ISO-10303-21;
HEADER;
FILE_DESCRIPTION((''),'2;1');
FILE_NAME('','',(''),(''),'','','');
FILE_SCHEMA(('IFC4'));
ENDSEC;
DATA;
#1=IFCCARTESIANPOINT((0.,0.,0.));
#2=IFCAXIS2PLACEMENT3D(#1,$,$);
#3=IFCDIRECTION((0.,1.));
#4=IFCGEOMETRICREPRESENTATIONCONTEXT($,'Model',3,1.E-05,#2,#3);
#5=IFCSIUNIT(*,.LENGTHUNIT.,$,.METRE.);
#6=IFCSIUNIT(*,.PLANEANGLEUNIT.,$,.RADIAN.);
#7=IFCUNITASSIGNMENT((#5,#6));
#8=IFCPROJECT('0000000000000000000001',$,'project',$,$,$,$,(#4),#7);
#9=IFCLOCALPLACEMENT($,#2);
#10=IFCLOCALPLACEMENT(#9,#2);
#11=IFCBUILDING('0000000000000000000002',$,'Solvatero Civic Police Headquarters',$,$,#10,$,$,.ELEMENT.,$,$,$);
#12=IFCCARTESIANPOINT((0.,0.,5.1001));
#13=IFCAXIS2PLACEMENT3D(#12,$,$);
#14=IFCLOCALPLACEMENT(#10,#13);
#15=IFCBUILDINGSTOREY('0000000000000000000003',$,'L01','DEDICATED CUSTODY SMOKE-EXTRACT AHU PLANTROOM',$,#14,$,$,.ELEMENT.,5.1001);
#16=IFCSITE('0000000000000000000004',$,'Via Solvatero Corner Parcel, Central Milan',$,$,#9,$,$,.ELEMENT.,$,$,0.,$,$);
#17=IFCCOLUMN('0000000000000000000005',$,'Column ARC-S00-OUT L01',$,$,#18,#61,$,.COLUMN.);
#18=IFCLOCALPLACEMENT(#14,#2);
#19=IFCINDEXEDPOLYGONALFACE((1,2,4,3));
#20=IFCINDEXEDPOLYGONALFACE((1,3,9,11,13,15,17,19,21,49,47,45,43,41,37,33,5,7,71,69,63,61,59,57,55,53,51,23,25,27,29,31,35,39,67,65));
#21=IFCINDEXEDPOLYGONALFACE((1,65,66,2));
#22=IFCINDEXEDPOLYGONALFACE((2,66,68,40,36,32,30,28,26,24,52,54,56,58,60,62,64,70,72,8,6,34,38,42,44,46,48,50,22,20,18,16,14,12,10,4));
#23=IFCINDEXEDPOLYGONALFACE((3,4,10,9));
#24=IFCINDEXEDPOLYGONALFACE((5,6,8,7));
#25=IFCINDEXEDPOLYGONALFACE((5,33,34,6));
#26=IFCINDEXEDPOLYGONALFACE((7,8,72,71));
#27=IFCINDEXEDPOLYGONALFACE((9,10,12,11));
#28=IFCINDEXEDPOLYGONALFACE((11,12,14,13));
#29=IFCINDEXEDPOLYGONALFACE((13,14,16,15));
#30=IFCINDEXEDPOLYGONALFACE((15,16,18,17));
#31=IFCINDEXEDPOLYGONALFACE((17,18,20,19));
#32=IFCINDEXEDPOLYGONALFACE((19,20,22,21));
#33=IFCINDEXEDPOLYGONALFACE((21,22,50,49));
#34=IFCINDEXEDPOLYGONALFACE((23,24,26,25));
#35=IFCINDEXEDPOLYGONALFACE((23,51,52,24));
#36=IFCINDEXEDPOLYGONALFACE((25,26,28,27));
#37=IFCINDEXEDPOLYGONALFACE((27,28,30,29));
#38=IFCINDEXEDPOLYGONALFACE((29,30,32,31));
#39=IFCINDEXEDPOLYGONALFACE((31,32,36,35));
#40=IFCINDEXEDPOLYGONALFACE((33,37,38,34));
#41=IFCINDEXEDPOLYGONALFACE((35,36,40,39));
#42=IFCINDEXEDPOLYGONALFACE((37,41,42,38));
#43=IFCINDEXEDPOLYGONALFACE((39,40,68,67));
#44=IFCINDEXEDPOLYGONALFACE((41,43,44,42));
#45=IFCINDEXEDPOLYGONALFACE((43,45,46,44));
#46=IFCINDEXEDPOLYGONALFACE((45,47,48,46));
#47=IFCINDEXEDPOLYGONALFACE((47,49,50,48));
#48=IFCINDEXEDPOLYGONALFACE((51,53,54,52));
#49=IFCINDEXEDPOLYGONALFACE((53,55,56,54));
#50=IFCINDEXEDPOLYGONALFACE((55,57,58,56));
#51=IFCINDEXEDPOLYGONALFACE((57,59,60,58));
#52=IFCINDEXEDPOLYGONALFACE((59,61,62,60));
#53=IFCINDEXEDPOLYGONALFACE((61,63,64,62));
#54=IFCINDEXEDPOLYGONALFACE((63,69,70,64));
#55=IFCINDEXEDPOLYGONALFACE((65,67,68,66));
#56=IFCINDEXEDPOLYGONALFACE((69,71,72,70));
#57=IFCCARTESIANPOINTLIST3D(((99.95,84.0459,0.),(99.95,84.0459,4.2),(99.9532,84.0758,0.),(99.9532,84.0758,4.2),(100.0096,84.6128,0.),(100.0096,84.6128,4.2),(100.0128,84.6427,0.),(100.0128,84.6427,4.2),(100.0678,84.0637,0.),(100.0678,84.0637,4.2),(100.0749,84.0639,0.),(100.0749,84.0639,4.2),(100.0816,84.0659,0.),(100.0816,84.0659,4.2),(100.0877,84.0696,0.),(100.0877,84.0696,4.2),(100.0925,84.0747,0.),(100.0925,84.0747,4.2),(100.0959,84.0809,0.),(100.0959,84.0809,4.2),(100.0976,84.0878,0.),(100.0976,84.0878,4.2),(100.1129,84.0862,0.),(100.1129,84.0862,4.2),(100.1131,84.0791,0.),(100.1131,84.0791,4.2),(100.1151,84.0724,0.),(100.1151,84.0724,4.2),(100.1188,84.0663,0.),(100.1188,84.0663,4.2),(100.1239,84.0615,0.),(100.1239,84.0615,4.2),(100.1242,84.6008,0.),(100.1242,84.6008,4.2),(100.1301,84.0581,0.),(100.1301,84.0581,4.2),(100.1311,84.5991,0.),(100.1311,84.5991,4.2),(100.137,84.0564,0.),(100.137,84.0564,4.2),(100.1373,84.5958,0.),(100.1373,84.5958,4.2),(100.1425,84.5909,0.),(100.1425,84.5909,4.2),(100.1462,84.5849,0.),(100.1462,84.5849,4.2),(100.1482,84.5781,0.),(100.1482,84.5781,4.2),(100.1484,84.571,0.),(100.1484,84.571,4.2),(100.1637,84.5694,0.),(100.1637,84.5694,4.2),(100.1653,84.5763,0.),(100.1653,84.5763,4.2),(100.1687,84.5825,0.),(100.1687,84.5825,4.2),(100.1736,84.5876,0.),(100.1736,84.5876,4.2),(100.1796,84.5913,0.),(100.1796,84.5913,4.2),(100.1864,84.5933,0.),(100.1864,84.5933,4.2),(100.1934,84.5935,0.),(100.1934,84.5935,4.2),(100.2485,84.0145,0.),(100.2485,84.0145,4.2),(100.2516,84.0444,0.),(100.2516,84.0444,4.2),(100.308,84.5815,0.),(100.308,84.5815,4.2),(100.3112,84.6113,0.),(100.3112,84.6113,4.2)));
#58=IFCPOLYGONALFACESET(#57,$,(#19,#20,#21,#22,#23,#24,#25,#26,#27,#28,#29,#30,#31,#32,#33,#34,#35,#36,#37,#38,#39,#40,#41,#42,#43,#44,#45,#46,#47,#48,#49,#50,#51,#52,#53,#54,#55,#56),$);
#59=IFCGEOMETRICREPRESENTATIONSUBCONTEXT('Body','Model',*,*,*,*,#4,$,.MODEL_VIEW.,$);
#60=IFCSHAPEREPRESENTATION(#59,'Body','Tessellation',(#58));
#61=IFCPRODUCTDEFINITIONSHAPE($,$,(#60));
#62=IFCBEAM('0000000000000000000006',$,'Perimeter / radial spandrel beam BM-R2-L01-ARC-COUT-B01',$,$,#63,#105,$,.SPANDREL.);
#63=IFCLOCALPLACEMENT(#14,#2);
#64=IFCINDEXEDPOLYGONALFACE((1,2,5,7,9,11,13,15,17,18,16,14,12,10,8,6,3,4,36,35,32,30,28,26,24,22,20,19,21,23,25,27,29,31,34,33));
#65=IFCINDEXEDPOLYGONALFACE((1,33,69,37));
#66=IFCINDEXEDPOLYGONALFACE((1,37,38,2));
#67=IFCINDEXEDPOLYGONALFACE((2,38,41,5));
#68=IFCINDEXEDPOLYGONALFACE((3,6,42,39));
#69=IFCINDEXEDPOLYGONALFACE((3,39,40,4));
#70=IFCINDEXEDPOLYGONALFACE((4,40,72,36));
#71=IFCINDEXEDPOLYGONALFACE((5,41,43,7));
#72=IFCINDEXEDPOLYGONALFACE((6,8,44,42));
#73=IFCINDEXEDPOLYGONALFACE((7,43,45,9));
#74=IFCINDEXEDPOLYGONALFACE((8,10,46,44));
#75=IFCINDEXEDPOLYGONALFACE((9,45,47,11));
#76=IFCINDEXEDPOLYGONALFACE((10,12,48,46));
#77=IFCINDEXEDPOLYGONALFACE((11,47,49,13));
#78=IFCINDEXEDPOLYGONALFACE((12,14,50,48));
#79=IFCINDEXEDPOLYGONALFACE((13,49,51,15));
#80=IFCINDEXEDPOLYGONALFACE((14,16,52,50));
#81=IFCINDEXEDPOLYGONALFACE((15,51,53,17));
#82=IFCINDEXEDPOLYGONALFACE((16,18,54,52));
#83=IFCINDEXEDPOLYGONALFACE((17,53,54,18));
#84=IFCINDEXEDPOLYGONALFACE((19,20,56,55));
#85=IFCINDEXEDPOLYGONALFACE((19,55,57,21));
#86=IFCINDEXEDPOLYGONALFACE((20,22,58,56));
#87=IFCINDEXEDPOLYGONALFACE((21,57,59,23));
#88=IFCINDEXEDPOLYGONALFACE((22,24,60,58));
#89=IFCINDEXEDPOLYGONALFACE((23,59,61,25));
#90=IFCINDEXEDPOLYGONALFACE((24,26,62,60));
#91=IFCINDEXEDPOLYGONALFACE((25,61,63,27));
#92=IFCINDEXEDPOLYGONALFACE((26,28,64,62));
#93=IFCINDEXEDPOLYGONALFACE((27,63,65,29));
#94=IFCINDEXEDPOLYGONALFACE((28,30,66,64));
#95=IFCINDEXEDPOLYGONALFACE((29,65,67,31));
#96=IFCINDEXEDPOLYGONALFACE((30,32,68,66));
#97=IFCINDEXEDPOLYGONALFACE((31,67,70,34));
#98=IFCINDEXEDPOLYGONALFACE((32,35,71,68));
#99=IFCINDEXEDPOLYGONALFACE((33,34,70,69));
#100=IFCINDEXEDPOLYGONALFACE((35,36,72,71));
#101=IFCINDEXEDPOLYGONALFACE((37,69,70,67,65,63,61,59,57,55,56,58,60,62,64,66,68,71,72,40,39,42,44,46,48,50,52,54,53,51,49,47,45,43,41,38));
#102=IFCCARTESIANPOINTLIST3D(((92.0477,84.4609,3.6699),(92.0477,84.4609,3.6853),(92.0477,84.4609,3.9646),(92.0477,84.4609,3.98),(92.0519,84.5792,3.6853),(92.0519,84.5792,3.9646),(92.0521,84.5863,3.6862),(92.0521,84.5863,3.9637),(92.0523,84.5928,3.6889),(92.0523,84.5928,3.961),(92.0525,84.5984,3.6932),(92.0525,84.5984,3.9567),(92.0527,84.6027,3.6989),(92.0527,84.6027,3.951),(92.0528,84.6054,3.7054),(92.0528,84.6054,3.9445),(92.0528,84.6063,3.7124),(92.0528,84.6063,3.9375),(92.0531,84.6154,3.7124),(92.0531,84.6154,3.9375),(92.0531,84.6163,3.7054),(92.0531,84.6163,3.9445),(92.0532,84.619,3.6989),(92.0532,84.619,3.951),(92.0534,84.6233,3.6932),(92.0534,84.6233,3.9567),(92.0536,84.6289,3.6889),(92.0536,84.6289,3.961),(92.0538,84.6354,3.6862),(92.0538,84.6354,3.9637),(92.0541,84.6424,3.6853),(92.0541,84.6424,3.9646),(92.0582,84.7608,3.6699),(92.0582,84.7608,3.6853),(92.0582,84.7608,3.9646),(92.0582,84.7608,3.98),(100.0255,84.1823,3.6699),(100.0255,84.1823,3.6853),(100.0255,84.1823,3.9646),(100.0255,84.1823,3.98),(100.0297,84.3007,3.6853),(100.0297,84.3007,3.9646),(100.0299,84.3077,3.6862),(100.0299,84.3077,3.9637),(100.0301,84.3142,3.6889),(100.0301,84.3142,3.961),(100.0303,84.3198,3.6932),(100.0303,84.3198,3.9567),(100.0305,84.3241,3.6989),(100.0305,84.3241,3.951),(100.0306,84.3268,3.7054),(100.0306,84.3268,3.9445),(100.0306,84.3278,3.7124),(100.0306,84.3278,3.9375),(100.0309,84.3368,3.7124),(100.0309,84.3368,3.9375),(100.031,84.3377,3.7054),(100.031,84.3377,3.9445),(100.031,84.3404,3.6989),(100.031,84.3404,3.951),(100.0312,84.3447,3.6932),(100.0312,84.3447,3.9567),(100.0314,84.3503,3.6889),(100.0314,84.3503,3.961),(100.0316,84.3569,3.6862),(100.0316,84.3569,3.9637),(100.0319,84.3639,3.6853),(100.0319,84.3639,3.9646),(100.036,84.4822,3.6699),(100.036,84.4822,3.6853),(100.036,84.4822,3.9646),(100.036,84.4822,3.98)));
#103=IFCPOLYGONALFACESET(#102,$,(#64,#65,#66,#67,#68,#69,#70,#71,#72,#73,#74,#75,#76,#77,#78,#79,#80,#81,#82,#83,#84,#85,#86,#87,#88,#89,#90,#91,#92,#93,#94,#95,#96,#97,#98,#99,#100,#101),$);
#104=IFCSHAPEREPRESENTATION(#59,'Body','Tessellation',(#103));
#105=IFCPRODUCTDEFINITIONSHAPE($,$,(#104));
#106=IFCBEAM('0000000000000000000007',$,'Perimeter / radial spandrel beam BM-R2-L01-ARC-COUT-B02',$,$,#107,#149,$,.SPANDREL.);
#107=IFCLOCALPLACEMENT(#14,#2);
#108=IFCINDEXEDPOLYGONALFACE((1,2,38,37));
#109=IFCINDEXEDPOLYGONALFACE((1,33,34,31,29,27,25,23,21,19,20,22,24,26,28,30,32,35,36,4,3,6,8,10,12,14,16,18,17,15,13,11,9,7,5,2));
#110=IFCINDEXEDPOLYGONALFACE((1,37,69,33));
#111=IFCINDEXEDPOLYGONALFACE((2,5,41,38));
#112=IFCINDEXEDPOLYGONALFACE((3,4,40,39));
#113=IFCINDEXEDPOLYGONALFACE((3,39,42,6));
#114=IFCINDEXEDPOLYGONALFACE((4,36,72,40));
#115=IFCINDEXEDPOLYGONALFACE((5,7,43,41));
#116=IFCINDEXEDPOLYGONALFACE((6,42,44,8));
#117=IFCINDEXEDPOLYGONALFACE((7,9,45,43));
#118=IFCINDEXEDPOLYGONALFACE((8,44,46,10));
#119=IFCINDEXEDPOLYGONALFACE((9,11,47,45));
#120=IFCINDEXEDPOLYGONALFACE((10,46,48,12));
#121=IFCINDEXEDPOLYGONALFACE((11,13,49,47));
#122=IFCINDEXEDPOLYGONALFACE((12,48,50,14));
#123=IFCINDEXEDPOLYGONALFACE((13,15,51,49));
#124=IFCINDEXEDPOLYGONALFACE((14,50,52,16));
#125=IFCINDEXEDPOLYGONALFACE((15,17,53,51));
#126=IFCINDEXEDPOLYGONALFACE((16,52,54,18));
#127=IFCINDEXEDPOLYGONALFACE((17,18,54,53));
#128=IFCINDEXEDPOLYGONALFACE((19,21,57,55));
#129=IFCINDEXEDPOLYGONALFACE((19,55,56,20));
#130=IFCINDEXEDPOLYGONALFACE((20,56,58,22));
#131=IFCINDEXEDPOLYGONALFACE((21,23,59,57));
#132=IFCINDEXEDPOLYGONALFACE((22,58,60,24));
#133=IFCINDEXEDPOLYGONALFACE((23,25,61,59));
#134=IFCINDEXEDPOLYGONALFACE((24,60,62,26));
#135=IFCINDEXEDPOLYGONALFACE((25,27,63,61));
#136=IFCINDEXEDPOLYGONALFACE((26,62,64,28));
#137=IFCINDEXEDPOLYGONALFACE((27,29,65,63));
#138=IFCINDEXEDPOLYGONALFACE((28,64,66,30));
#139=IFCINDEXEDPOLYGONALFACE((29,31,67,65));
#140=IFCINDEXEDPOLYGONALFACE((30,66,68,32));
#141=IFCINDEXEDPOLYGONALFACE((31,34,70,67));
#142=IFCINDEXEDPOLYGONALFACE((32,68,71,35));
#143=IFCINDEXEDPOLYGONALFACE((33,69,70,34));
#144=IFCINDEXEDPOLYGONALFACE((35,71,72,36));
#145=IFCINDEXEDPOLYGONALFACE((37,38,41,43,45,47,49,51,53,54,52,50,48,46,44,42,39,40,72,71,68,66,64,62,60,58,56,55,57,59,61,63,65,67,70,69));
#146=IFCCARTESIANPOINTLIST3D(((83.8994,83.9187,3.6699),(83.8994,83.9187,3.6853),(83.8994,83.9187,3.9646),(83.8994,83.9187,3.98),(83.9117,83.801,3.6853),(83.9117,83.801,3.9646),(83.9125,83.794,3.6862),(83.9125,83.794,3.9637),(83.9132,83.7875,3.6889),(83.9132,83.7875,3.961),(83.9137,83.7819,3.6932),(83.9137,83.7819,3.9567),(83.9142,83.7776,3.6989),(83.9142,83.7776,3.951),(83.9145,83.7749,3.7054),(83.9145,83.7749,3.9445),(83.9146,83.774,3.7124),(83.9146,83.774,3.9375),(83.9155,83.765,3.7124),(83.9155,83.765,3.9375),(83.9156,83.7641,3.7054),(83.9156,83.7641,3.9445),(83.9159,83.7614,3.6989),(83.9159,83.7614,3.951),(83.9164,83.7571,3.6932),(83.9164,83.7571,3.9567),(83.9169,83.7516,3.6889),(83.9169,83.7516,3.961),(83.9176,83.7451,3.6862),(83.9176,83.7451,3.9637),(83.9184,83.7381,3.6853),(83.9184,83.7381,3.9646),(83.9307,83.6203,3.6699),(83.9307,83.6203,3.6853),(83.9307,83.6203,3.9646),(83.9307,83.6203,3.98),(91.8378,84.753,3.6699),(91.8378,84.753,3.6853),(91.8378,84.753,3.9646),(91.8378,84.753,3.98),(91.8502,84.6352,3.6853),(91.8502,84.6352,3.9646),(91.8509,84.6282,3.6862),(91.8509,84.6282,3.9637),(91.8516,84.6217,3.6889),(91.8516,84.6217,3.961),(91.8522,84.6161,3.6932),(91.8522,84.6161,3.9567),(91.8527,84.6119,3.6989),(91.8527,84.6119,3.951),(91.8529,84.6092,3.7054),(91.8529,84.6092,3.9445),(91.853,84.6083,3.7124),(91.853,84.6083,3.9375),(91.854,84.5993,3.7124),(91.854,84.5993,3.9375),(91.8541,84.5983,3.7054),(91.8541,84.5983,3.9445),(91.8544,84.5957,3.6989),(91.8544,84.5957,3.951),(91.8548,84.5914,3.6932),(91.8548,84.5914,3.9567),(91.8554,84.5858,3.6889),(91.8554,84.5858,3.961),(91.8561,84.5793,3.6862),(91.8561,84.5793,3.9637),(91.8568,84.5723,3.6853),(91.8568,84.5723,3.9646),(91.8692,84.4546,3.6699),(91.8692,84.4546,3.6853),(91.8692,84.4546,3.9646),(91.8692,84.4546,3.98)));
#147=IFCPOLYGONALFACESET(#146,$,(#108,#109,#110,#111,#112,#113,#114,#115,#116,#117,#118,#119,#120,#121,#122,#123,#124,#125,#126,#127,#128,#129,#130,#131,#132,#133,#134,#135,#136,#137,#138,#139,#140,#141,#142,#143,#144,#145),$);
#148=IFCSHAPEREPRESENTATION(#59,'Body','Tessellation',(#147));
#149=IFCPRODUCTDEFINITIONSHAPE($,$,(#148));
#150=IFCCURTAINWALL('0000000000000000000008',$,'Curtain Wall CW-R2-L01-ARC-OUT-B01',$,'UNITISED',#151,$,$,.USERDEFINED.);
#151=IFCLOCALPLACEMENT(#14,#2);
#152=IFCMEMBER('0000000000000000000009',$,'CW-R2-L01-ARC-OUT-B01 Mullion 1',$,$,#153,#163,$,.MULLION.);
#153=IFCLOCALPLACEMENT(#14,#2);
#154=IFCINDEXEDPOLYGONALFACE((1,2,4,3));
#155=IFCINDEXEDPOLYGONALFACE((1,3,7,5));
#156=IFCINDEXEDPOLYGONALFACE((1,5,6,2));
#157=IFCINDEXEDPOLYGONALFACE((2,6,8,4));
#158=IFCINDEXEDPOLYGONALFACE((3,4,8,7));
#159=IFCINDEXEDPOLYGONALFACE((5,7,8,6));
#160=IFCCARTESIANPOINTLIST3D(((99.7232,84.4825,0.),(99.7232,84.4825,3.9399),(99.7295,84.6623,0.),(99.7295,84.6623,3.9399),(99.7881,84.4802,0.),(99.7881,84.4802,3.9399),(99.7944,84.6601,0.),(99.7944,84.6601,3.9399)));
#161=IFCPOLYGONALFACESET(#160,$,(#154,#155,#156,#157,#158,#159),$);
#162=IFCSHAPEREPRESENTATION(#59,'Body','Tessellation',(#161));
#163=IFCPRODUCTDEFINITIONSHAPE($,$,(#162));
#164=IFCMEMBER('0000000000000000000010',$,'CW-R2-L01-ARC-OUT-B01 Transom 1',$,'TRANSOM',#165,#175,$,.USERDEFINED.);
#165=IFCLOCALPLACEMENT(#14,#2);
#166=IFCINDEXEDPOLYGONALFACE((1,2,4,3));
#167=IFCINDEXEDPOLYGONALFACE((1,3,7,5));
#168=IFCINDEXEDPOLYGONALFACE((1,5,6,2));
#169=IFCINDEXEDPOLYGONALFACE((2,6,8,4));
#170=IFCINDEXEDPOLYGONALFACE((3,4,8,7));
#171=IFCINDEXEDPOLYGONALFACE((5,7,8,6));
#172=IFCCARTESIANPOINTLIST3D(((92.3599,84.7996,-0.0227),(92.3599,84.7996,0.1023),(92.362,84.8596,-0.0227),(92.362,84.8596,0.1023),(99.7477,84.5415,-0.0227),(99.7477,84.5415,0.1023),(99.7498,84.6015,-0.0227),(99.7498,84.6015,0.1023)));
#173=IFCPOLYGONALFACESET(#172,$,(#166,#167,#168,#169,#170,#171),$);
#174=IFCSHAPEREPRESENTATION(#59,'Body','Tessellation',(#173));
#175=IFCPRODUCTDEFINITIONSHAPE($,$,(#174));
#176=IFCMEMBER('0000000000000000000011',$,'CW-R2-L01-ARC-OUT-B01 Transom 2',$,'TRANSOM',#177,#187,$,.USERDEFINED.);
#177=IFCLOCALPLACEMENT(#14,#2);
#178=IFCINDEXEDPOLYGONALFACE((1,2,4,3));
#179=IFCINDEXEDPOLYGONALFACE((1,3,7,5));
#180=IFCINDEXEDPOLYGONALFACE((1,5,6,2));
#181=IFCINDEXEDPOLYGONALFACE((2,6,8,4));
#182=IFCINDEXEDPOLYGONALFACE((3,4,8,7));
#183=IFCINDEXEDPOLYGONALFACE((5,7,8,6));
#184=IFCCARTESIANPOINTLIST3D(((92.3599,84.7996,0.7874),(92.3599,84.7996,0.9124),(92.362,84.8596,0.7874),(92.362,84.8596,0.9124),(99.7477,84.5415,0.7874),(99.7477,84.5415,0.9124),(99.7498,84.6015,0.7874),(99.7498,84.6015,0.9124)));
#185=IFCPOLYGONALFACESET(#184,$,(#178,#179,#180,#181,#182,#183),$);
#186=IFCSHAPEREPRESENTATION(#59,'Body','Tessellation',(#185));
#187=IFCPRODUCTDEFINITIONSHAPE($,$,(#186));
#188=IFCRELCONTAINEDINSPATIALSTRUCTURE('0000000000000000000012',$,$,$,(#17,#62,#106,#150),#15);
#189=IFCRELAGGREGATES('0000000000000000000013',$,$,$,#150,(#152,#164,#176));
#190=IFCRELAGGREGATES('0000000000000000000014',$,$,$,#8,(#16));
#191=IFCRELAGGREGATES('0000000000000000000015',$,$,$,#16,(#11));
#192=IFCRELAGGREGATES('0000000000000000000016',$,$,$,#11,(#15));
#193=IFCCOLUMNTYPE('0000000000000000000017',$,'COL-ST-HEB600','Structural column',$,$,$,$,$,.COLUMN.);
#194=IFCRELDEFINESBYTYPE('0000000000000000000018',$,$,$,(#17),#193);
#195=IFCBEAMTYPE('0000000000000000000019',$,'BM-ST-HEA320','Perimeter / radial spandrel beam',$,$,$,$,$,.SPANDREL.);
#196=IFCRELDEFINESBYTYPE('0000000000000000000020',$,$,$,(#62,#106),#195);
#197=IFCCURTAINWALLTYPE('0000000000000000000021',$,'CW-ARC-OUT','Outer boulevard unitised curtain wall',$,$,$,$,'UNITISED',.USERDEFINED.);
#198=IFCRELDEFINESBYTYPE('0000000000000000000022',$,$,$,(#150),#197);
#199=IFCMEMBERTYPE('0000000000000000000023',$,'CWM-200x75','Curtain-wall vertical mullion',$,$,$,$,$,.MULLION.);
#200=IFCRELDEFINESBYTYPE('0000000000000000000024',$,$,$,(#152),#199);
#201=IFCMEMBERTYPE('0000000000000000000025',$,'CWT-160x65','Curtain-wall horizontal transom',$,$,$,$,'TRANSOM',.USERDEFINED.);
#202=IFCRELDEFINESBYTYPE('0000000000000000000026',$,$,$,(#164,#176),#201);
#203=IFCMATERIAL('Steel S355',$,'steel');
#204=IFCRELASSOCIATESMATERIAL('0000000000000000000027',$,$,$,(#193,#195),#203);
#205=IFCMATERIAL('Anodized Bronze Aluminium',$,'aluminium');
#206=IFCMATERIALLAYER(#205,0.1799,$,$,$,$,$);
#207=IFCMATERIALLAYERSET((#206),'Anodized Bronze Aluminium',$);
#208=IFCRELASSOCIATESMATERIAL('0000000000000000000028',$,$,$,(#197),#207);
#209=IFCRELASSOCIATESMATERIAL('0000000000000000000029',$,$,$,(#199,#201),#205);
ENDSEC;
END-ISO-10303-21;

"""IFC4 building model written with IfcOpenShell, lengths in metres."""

from ifc_helpers import new_model, si_unit, direction, frame, origin, origin_2d, place, context, subcontext, project, spatial, rectangle, i_section, extrude, material, layer, layer_set, material_profile, profile_set, type_object, element, aggregate, save


model = new_model("IFC4")

# Units and contexts
model_context = context("Model", 3, precision=1e-05, world=origin(), true_north=direction((0.0, 1.0)))
body_context = subcontext(model_context, "Body", "Model", "MODEL_VIEW")
ifc_project = project(units=[si_unit("LENGTHUNIT", "METRE"), si_unit("PLANEANGLEUNIT", "RADIAN")], contexts=[model_context])

# Site, building, storey
site_placement = place(None, origin())
site = spatial("IfcSite", under=ifc_project, at=site_placement, Name="Via Solvatero Corner Parcel, Central Milan", CompositionType="ELEMENT", RefElevation=0.0)
building_placement = place(site_placement, origin())
building = spatial("IfcBuilding", under=site, at=building_placement, Name="Solvatero Civic Police Headquarters", CompositionType="ELEMENT")
storey_placement = place(building_placement, frame((0.0, 0.0, 5.1001)))
storey = spatial("IfcBuildingStorey", under=building, at=storey_placement, Name="L01", Description="DEDICATED CUSTODY SMOKE-EXTRACT AHU PLANTROOM", CompositionType="ELEMENT", Elevation=5.1001)

# Column
ifc_material_1 = material(Name="Steel S355", Category="steel")
ifc_material_profile_1 = material_profile(ifc_material_1, i_section(OverallWidth=0.3, OverallDepth=0.6001, WebThickness=0.0154, FlangeThickness=0.03, FilletRadius=0.0271, at=origin_2d()), Name="HEB 600")
ifc_profile_set_1 = profile_set([ifc_material_profile_1], Name="Steel S355")
column_type = type_object("IfcColumnType", Name="COL-ST-HEB600", Description="Structural column", PredefinedType="COLUMN", material=ifc_profile_set_1)
column_placement = place(storey_placement, frame((100.1306, 84.3286, 0.0), z_axis=(0.0, 0.0, 1.0), x_axis=(0.994522, -0.104528, 0.0)))
element("IfcColumn", 1, at=column_placement, inside=storey, type_object=column_type, Name="Column ARC-S00-OUT L01", PredefinedType="COLUMN", context=body_context, shape_type="SweptSolid", body=[
    extrude(i_section(OverallWidth=0.3, OverallDepth=0.6001, WebThickness=0.0154, FlangeThickness=0.03, FilletRadius=0.0271, at=origin_2d()), origin(), (0.0, 0.0, 1.0), 4.2),
])

# Beams
ifc_material_profile_2 = material_profile(ifc_material_1, i_section(OverallWidth=0.3, OverallDepth=0.3101, WebThickness=0.009, FlangeThickness=0.0154, FilletRadius=0.0271, at=origin_2d()), Name="HEA 320")
ifc_profile_set_2 = profile_set([ifc_material_profile_2], Name="Steel S355")
beam_type = type_object("IfcBeamType", Name="BM-ST-HEA320", Description="Perimeter / radial spandrel beam", PredefinedType="SPANDREL", material=ifc_profile_set_2)
beam_1_placement = place(storey_placement, frame((100.0308, 84.3323, 3.825), z_axis=(-0.999391, 0.034896, 0.0), x_axis=(-0.034896, -0.999391, 0.0)))
element("IfcBeam", 2, at=beam_1_placement, inside=storey, type_object=beam_type, Name="Perimeter / radial spandrel beam BM-R2-L01-ARC-COUT-B01", PredefinedType="SPANDREL", context=body_context, shape_type="SweptSolid", body=[
    extrude(i_section(OverallWidth=0.3, OverallDepth=0.3101, WebThickness=0.009, FlangeThickness=0.0154, FilletRadius=0.0271, at=origin_2d()), origin(), (0.0, 0.0, 1.0), 7.9827),
])
beam_2_placement = place(storey_placement, frame((91.8535, 84.6038, 3.825), z_axis=(-0.994524, -0.104511, 0.0), x_axis=(0.104511, -0.994524, 0.0)))
element("IfcBeam", 3, at=beam_2_placement, inside=storey, type_object=beam_type, Name="Perimeter / radial spandrel beam BM-R2-L01-ARC-COUT-B02", PredefinedType="SPANDREL", context=body_context, shape_type="SweptSolid", body=[
    extrude(i_section(OverallWidth=0.3, OverallDepth=0.3101, WebThickness=0.009, FlangeThickness=0.0154, FilletRadius=0.0271, at=origin_2d()), origin(), (0.0, 0.0, 1.0), 7.9822),
])

# Curtain wall, members
ifc_material_2 = material(Name="Anodized Bronze Aluminium", Category="aluminium")
ifc_layer_1 = layer(ifc_material_2, 0.1799)
ifc_layer_set_1 = layer_set([ifc_layer_1], Name="Anodized Bronze Aluminium")
curtain_wall_type = type_object("IfcCurtainWallType", Name="CW-ARC-OUT", Description="Outer boulevard unitised curtain wall", ElementType="UNITISED", PredefinedType="USERDEFINED", material=ifc_layer_set_1)
curtain_wall_1_placement = place(storey_placement, origin())
curtain_wall_1 = element("IfcCurtainWall", 4, at=curtain_wall_1_placement, inside=storey, type_object=curtain_wall_type, Name="Curtain Wall CW-R2-L01-ARC-OUT-B01", ObjectType="UNITISED", PredefinedType="USERDEFINED")
ifc_material_profile_3 = material_profile(ifc_material_2, rectangle(XDim=0.0649, YDim=0.1799, at=origin_2d()), Name="ALU MULLION 65x180")
ifc_profile_set_3 = profile_set([ifc_material_profile_3], Name="Anodized Bronze Aluminium")
member_type_1 = type_object("IfcMemberType", Name="CWM-200x75", Description="Curtain-wall vertical mullion", PredefinedType="MULLION", material=ifc_profile_set_3)
member_1_placement = place(storey_placement, frame((99.7588, 84.5713, 0.0), z_axis=(0.0, 0.0, 1.0), x_axis=(-0.999391, 0.034899, 0.0)))
member_1 = element("IfcMember", 5, at=member_1_placement, type_object=member_type_1, Name="CW-R2-L01-ARC-OUT-B01 Mullion 1", PredefinedType="MULLION", context=body_context, shape_type="SweptSolid", body=[
    extrude(rectangle(XDim=0.0649, YDim=0.1799, at=origin_2d()), origin(), (0.0, 0.0, 1.0), 3.9399),
])
ifc_material_profile_4 = material_profile(ifc_material_2, rectangle(XDim=0.0601, YDim=0.125, at=origin_2d()), Name="ALU TRANSOM 60x125")
ifc_profile_set_4 = profile_set([ifc_material_profile_4], Name="Anodized Bronze Aluminium")
member_type_2 = type_object("IfcMemberType", Name="CWT-160x65", Description="Curtain-wall horizontal transom", ElementType="TRANSOM", PredefinedType="USERDEFINED", material=ifc_profile_set_4)
member_2_placement = place(storey_placement, frame((99.7488, 84.5715, 0.0398), z_axis=(-0.999391, 0.034908, 0.0), x_axis=(-0.034908, -0.999391, 0.0)))
member_2 = element("IfcMember", 6, at=member_2_placement, type_object=member_type_2, Name="CW-R2-L01-ARC-OUT-B01 Transom 1", ObjectType="TRANSOM", PredefinedType="USERDEFINED", context=body_context, shape_type="SweptSolid", body=[
    extrude(rectangle(XDim=0.0601, YDim=0.125, at=origin_2d()), origin(), (0.0, 0.0, 1.0), 7.3923),
])
member_3_placement = place(storey_placement, frame((99.7488, 84.5715, 0.8499), z_axis=(-0.999391, 0.034908, 0.0), x_axis=(-0.034908, -0.999391, 0.0)))
member_3 = element("IfcMember", 7, at=member_3_placement, type_object=member_type_2, Name="CW-R2-L01-ARC-OUT-B01 Transom 2", ObjectType="TRANSOM", PredefinedType="USERDEFINED", context=body_context, shape_type="SweptSolid", body=[
    extrude(rectangle(XDim=0.0601, YDim=0.125, at=origin_2d()), origin(), (0.0, 0.0, 1.0), 7.3923),
])

aggregate(curtain_wall_1, [member_1, member_2, member_3])

save(model, "model.ifc")
